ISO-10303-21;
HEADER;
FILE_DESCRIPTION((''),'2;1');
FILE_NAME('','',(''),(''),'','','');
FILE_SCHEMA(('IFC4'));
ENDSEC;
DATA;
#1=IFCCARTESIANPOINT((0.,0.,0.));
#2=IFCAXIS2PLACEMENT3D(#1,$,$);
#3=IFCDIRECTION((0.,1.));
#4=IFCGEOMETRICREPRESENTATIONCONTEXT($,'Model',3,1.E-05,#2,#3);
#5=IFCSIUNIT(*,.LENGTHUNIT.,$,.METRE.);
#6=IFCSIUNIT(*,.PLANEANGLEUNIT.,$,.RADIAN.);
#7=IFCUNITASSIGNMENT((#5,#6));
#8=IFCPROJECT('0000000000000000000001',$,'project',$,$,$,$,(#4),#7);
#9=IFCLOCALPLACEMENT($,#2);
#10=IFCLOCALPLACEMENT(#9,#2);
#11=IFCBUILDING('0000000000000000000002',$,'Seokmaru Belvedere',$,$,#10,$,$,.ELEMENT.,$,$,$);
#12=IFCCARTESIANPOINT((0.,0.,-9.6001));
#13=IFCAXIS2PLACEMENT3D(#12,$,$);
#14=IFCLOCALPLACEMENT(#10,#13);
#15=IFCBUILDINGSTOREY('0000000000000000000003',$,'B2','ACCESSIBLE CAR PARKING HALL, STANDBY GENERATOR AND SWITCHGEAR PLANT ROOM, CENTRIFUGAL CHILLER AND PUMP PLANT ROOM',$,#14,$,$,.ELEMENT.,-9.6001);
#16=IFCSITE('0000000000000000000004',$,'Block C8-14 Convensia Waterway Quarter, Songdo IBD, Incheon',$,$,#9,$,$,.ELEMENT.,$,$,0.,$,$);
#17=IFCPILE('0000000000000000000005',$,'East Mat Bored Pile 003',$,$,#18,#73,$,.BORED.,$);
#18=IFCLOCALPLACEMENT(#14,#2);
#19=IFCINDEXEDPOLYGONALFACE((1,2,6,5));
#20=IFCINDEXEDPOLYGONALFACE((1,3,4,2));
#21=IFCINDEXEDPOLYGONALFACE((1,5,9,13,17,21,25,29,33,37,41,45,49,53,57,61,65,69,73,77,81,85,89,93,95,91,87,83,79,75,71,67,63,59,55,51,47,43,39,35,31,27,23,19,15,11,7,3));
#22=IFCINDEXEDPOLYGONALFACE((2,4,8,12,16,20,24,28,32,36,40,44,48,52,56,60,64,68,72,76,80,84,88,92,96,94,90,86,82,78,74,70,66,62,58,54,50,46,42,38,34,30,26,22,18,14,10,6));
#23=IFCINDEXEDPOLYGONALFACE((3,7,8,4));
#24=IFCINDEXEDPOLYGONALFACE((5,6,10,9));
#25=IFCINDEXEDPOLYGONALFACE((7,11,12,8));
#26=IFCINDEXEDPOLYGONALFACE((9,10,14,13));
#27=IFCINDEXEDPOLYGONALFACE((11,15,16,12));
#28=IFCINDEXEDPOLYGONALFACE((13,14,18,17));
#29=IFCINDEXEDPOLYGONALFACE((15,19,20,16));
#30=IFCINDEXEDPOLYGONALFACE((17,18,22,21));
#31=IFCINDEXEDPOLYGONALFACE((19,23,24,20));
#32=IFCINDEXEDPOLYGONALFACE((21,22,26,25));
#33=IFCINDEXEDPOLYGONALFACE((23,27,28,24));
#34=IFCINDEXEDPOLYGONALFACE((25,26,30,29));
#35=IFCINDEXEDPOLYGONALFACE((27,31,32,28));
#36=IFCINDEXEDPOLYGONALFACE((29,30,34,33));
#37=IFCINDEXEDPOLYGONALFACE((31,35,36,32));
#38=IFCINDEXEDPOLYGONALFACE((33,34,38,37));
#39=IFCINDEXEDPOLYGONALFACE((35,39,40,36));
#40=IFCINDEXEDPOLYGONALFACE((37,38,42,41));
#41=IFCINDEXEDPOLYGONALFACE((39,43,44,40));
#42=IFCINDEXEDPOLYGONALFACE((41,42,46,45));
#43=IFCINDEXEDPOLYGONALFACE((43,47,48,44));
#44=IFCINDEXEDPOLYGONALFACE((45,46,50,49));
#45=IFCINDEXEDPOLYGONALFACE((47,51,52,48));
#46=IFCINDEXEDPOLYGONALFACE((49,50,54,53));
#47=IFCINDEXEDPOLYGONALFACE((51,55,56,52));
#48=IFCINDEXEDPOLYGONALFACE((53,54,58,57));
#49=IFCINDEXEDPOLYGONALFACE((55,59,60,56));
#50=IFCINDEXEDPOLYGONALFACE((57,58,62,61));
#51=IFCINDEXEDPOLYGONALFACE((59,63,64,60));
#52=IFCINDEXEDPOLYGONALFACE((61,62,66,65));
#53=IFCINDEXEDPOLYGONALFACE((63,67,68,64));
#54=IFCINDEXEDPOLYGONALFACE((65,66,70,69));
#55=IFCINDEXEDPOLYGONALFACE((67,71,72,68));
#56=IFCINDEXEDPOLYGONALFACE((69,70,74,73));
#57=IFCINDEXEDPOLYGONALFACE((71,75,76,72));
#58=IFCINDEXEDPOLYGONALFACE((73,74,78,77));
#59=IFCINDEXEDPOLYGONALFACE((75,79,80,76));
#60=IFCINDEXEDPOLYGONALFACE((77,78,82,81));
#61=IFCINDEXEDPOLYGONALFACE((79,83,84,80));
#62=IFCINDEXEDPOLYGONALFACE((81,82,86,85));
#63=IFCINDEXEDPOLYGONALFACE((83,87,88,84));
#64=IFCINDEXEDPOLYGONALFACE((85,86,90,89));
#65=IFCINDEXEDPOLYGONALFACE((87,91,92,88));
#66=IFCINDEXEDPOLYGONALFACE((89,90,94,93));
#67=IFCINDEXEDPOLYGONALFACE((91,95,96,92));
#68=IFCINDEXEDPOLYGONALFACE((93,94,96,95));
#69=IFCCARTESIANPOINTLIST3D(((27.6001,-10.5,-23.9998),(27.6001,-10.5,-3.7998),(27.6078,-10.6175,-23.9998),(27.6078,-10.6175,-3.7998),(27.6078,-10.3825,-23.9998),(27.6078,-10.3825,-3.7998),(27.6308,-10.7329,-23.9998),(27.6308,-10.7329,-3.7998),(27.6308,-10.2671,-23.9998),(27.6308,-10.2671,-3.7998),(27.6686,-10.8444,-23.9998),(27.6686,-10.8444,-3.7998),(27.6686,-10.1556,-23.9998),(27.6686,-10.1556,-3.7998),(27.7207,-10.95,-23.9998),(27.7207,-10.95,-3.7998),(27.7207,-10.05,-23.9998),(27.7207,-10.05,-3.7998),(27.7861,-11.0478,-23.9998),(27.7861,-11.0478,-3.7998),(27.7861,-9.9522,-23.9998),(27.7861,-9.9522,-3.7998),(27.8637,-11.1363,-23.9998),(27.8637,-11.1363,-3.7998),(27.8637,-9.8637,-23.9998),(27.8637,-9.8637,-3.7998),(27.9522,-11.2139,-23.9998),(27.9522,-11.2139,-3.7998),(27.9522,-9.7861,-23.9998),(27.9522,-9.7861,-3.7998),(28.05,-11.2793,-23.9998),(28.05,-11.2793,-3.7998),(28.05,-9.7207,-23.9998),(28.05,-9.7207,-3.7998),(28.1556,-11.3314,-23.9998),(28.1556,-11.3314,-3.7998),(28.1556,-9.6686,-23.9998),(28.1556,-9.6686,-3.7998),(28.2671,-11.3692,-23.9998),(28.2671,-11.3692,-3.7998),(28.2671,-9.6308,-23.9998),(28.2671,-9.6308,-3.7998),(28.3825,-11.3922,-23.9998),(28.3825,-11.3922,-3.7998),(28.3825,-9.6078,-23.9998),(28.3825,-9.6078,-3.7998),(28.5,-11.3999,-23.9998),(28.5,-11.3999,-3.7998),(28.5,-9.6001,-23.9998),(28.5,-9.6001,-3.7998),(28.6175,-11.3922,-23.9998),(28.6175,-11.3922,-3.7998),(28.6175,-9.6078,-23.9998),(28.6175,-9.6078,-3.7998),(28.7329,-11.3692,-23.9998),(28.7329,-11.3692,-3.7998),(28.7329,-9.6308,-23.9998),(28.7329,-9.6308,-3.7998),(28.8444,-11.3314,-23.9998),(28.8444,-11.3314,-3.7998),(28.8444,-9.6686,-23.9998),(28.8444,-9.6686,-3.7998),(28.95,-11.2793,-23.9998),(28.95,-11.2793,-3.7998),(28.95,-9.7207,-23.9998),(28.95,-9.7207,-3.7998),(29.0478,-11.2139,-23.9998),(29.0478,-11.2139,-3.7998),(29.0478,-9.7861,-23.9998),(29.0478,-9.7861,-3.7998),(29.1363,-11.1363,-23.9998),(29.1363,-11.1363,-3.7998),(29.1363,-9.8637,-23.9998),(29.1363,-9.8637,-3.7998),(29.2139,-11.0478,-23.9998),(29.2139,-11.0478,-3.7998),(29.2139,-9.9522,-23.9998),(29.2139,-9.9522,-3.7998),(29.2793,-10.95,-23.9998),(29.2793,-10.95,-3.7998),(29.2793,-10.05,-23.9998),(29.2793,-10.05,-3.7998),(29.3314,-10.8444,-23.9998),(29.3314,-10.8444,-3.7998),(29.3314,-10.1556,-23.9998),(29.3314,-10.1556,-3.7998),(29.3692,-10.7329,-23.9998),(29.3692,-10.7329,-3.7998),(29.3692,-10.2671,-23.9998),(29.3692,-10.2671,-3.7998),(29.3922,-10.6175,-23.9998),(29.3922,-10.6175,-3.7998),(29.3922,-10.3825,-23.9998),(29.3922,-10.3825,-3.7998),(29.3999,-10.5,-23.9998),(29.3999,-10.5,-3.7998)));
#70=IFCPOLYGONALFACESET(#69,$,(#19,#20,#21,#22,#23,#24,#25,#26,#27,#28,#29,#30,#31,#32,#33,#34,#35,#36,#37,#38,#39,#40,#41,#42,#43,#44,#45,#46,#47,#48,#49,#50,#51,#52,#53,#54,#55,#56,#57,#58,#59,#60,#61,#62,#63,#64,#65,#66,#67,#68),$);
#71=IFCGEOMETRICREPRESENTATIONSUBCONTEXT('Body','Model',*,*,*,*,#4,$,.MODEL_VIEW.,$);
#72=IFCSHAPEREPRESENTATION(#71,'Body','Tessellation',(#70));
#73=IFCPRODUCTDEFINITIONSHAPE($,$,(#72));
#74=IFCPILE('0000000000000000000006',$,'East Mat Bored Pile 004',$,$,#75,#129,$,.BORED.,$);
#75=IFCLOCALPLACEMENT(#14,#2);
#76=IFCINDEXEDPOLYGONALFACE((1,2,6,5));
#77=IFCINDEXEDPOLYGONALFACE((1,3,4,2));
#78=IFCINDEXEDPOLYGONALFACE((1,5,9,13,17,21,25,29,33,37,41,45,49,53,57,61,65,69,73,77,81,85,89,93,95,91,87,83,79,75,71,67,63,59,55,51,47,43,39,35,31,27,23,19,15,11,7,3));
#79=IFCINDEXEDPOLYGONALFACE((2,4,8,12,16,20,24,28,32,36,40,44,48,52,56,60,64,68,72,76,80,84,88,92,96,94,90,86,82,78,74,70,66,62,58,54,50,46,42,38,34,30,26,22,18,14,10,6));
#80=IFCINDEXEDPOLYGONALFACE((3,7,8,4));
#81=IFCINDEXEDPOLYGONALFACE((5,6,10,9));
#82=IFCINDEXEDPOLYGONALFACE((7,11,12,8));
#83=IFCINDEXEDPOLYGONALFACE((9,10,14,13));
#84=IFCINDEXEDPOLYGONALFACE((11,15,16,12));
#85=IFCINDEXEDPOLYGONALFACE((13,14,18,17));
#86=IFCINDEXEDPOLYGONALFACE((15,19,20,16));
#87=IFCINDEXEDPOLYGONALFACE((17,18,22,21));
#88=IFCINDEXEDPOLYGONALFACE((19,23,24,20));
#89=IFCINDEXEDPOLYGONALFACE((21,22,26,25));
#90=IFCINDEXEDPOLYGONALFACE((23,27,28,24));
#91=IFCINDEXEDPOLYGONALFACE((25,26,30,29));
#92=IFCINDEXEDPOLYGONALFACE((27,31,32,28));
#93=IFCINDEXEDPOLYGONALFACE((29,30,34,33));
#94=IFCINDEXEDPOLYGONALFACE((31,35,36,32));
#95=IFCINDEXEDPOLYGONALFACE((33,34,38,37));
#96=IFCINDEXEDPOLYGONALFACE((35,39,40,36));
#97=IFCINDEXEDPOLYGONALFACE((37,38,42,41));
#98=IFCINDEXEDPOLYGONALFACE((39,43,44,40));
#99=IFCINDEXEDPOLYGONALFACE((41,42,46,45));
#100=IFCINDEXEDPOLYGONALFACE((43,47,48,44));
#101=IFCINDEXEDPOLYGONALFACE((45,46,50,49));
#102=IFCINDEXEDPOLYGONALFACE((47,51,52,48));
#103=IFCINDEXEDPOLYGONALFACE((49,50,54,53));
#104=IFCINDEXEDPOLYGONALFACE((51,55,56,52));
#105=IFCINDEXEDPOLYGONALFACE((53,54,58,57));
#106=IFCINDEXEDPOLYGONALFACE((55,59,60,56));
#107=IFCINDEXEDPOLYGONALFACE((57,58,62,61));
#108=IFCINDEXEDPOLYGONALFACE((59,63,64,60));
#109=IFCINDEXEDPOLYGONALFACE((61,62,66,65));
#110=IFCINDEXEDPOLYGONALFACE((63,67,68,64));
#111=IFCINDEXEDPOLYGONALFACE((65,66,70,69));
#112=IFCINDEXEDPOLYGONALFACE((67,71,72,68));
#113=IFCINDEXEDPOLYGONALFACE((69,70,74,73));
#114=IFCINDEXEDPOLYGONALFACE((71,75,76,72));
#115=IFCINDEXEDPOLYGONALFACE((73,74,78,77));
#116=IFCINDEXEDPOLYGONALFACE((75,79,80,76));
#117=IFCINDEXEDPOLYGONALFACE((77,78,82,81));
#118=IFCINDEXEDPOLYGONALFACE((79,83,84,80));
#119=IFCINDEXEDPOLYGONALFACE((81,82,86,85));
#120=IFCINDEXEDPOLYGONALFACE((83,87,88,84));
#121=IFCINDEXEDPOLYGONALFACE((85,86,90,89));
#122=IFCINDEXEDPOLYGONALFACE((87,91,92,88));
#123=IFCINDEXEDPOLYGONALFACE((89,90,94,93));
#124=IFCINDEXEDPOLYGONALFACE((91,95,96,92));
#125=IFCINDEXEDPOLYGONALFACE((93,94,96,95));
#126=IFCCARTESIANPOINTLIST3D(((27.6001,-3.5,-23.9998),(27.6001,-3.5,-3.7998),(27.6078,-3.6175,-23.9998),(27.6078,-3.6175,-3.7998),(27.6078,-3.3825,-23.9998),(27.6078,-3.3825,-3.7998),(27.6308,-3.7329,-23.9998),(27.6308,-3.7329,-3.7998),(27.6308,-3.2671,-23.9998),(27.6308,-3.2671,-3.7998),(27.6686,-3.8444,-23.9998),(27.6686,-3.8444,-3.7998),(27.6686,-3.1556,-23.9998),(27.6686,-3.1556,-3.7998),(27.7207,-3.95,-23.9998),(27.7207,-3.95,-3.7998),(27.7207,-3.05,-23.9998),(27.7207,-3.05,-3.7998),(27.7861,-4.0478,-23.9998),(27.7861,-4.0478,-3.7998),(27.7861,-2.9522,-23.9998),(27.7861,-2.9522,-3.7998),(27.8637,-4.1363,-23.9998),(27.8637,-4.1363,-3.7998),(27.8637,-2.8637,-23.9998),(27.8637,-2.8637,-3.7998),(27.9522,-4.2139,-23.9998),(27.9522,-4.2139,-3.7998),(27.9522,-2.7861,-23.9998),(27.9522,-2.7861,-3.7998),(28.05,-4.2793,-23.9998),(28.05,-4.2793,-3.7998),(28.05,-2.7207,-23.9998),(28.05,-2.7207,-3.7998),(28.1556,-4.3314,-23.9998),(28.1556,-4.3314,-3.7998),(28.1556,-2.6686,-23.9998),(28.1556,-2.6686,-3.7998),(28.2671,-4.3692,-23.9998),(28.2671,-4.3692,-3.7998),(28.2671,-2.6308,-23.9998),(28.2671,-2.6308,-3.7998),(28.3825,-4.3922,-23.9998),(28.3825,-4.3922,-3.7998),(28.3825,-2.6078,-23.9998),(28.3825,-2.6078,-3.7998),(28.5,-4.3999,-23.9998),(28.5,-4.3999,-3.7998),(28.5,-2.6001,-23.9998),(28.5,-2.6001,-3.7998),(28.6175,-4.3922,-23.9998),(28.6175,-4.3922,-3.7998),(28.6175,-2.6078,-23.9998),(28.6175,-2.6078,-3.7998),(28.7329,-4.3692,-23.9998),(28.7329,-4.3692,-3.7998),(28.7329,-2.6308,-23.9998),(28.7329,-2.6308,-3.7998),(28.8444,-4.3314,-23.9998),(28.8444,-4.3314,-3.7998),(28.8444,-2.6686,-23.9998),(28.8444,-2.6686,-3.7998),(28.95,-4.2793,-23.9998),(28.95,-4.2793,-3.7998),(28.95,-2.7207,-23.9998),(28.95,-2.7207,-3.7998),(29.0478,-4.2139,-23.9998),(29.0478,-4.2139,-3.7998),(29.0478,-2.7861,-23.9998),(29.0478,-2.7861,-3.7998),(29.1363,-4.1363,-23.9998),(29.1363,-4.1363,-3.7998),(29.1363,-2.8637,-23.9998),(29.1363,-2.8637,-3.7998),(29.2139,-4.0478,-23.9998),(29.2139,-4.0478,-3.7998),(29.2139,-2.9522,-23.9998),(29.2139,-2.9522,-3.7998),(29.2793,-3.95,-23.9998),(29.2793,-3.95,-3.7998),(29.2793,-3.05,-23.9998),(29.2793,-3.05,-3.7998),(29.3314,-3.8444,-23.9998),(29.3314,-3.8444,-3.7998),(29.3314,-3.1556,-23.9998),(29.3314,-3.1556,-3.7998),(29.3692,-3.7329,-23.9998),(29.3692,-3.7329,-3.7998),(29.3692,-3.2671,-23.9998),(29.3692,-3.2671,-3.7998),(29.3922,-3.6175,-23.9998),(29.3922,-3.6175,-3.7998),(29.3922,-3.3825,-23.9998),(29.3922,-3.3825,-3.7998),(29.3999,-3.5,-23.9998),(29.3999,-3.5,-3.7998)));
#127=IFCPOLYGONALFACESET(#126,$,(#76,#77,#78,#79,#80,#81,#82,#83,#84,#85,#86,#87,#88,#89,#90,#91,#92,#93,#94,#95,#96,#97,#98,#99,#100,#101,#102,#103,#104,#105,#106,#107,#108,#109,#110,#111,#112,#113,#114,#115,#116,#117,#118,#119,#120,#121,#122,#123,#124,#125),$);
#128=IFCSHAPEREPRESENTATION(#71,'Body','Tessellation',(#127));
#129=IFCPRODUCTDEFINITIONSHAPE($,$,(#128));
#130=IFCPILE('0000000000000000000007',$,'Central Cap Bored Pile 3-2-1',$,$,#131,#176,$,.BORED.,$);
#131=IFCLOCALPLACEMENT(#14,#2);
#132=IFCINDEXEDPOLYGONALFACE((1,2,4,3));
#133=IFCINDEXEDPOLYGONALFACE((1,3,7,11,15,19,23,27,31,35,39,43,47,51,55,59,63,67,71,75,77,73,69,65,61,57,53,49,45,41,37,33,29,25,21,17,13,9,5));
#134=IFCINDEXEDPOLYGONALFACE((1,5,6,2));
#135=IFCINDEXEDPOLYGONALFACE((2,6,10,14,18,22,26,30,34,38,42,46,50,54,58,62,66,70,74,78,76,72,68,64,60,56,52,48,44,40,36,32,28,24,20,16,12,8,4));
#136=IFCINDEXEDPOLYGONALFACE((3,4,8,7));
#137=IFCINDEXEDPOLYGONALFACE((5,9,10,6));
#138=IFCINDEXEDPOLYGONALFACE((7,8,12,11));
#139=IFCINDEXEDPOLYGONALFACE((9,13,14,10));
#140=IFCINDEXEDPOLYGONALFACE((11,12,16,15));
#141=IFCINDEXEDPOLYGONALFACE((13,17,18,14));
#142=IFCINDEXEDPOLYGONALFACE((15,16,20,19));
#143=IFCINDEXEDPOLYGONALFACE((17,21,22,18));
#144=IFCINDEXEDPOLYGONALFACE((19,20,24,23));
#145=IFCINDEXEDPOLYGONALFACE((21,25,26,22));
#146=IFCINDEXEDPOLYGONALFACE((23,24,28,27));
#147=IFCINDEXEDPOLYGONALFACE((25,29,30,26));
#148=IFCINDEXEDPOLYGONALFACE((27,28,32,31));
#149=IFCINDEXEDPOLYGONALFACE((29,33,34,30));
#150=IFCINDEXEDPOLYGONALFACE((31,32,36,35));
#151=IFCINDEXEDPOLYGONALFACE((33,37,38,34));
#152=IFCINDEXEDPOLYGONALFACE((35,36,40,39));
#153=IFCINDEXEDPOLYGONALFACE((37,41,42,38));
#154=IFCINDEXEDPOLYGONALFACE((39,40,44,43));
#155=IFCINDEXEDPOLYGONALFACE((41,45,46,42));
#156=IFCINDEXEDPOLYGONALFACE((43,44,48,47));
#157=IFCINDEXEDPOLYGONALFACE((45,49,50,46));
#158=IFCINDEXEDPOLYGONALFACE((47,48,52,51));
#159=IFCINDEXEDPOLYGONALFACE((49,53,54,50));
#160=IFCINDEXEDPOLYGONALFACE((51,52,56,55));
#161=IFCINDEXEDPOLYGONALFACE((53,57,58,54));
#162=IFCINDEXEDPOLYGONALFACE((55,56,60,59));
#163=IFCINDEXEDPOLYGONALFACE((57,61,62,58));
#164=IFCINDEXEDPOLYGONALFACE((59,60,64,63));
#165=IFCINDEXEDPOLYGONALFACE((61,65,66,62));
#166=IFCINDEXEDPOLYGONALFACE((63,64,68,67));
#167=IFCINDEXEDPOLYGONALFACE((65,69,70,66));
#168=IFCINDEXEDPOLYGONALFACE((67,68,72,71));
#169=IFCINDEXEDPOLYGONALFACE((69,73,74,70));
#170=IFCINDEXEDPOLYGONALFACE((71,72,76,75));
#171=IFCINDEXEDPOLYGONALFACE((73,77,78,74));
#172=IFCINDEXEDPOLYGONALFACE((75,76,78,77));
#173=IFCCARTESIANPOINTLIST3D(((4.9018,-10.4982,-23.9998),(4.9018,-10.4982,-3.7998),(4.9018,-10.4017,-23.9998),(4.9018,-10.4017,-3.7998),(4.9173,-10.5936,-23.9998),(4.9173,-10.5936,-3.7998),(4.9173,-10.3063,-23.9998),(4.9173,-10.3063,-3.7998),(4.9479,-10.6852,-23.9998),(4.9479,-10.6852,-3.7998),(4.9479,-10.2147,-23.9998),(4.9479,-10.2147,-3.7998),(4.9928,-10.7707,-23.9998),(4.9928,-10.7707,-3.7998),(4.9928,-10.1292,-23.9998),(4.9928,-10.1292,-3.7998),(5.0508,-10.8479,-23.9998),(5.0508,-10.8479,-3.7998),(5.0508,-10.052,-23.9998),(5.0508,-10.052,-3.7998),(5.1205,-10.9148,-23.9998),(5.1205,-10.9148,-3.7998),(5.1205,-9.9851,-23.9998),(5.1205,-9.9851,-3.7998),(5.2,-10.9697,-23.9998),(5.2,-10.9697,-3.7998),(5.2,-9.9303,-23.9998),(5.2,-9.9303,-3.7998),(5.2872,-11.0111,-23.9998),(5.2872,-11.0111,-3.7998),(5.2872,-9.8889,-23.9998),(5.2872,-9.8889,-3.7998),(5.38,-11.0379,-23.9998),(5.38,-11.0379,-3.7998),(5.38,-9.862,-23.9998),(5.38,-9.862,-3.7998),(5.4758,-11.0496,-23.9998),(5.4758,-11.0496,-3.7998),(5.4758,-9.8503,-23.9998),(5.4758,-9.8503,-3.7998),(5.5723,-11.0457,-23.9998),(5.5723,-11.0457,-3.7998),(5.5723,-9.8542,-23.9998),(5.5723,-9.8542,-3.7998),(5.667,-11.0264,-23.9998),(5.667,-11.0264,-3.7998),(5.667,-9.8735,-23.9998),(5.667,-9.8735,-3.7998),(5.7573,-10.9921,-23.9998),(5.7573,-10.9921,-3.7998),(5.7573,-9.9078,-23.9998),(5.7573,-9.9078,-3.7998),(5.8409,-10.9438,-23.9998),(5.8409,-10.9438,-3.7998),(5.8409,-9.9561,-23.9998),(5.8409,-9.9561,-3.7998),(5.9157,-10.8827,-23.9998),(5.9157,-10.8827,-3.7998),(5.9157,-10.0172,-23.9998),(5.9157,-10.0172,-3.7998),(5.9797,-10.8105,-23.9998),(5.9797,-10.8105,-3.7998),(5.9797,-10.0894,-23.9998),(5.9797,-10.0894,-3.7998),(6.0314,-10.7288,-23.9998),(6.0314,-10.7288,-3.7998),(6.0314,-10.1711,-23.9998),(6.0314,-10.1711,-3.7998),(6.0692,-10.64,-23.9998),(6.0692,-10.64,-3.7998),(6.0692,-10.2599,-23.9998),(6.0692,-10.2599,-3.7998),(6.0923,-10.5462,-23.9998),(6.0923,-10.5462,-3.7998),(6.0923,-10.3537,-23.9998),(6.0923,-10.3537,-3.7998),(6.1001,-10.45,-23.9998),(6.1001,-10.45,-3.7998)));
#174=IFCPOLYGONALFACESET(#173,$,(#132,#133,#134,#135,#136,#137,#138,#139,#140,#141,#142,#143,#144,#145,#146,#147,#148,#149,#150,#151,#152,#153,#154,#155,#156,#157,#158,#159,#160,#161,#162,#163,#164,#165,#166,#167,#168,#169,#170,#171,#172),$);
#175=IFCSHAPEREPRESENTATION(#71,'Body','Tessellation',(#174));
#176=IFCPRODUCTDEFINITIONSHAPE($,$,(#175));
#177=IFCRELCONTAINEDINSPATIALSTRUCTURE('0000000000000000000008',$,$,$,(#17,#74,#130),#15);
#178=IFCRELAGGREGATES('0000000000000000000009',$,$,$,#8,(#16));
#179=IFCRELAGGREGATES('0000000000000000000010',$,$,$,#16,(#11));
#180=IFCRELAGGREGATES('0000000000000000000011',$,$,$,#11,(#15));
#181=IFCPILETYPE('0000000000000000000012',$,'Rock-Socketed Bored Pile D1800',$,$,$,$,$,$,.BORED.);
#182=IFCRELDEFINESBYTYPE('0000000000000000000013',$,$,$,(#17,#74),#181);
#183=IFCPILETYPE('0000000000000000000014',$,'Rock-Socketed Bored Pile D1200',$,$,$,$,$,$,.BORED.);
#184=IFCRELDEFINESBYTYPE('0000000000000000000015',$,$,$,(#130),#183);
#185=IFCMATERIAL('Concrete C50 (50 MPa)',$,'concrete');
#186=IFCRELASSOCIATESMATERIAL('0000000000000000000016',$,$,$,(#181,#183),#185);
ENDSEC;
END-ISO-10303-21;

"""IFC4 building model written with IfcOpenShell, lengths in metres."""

from ifc_helpers import new_model, si_unit, direction, frame, origin, origin_2d, place, context, subcontext, project, spatial, circle, extrude, source, transform, mapped, material, material_profile, profile_set, type_object, type_shapes, element, save


model = new_model("IFC4")

# Units and contexts
model_context = context("Model", 3, precision=1e-05, world=origin(), true_north=direction((0.0, 1.0)))
body_context = subcontext(model_context, "Body", "Model", "MODEL_VIEW")
ifc_project = project(units=[si_unit("LENGTHUNIT", "METRE"), si_unit("PLANEANGLEUNIT", "RADIAN")], contexts=[model_context])

# Site, building, storey
site_placement = place(None, origin())
site = spatial("IfcSite", under=ifc_project, at=site_placement, Name="Block C8-14 Convensia Waterway Quarter, Songdo IBD, Incheon", CompositionType="ELEMENT", RefElevation=0.0)
building_placement = place(site_placement, origin())
building = spatial("IfcBuilding", under=site, at=building_placement, Name="Seokmaru Belvedere", CompositionType="ELEMENT")
storey_placement = place(building_placement, frame((0.0, 0.0, -9.6001)))
storey = spatial("IfcBuildingStorey", under=building, at=storey_placement, Name="B2", Description="ACCESSIBLE CAR PARKING HALL, STANDBY GENERATOR AND SWITCHGEAR PLANT ROOM, CENTRIFUGAL CHILLER AND PUMP PLANT ROOM", CompositionType="ELEMENT", Elevation=-9.6001)

# Piles
ifc_material_1 = material(Name="Concrete C50 (50 MPa)", Category="concrete")
ifc_material_profile_1 = material_profile(ifc_material_1, circle(Radius=0.8999, at=origin_2d()), Name="PILE-D1800")
ifc_profile_set_1 = profile_set([ifc_material_profile_1], Name="Concrete C50 (50 MPa)")
pile_type_1 = type_object("IfcPileType", Name="Rock-Socketed Bored Pile D1800", PredefinedType="BORED", material=ifc_profile_set_1)
shared_shape_1 = source(origin(), body_context, "Body", "SweptSolid", [
    extrude(circle(Radius=0.8999, at=origin_2d()), origin(), (0.0, 0.0, 1.0), 20.2),
])
type_shapes(pile_type_1, [shared_shape_1])
for number, where, z_axis, x_axis, name in (
    (1, (28.5, -10.5, -3.7998), (0.0, 0.0, -1.0), (1.0, 0.0, 0.0), "East Mat Bored Pile 003"),
    (2, (28.5, -3.5, -3.7998), (0.0, 0.0, -1.0), (1.0, 0.0, 0.0), "East Mat Bored Pile 004"),
):
    element("IfcPile", number, at=place(storey_placement, frame(where, z_axis=z_axis, x_axis=x_axis)), inside=storey, type_object=pile_type_1, Name=name, PredefinedType="BORED", context=body_context, shape_type="MappedRepresentation", body=[
        mapped(shared_shape_1, transform((0.0, 0.0, 0.0), scale=1.0)),
    ])
ifc_material_profile_2 = material_profile(ifc_material_1, circle(Radius=0.6001, at=origin_2d()), Name="PILE-D1200")
ifc_profile_set_2 = profile_set([ifc_material_profile_2], Name="Concrete C50 (50 MPa)")
pile_type_2 = type_object("IfcPileType", Name="Rock-Socketed Bored Pile D1200", PredefinedType="BORED", material=ifc_profile_set_2)
shared_shape_2 = source(origin(), body_context, "Body", "SweptSolid", [
    extrude(circle(Radius=0.6001, at=origin_2d()), origin(), (0.0, 0.0, 1.0), 20.2),
])
type_shapes(pile_type_2, [shared_shape_2])
for number, where, z_axis, x_axis, name in (
    (3, (5.5, -10.45, -3.7998), (0.0, 0.0, -1.0), (1.0, 0.0, 0.0), "Central Cap Bored Pile 3-2-1"),
):
    element("IfcPile", number, at=place(storey_placement, frame(where, z_axis=z_axis, x_axis=x_axis)), inside=storey, type_object=pile_type_2, Name=name, PredefinedType="BORED", context=body_context, shape_type="MappedRepresentation", body=[
        mapped(shared_shape_2, transform((0.0, 0.0, 0.0), scale=1.0)),
    ])

save(model, "model.ifc")
